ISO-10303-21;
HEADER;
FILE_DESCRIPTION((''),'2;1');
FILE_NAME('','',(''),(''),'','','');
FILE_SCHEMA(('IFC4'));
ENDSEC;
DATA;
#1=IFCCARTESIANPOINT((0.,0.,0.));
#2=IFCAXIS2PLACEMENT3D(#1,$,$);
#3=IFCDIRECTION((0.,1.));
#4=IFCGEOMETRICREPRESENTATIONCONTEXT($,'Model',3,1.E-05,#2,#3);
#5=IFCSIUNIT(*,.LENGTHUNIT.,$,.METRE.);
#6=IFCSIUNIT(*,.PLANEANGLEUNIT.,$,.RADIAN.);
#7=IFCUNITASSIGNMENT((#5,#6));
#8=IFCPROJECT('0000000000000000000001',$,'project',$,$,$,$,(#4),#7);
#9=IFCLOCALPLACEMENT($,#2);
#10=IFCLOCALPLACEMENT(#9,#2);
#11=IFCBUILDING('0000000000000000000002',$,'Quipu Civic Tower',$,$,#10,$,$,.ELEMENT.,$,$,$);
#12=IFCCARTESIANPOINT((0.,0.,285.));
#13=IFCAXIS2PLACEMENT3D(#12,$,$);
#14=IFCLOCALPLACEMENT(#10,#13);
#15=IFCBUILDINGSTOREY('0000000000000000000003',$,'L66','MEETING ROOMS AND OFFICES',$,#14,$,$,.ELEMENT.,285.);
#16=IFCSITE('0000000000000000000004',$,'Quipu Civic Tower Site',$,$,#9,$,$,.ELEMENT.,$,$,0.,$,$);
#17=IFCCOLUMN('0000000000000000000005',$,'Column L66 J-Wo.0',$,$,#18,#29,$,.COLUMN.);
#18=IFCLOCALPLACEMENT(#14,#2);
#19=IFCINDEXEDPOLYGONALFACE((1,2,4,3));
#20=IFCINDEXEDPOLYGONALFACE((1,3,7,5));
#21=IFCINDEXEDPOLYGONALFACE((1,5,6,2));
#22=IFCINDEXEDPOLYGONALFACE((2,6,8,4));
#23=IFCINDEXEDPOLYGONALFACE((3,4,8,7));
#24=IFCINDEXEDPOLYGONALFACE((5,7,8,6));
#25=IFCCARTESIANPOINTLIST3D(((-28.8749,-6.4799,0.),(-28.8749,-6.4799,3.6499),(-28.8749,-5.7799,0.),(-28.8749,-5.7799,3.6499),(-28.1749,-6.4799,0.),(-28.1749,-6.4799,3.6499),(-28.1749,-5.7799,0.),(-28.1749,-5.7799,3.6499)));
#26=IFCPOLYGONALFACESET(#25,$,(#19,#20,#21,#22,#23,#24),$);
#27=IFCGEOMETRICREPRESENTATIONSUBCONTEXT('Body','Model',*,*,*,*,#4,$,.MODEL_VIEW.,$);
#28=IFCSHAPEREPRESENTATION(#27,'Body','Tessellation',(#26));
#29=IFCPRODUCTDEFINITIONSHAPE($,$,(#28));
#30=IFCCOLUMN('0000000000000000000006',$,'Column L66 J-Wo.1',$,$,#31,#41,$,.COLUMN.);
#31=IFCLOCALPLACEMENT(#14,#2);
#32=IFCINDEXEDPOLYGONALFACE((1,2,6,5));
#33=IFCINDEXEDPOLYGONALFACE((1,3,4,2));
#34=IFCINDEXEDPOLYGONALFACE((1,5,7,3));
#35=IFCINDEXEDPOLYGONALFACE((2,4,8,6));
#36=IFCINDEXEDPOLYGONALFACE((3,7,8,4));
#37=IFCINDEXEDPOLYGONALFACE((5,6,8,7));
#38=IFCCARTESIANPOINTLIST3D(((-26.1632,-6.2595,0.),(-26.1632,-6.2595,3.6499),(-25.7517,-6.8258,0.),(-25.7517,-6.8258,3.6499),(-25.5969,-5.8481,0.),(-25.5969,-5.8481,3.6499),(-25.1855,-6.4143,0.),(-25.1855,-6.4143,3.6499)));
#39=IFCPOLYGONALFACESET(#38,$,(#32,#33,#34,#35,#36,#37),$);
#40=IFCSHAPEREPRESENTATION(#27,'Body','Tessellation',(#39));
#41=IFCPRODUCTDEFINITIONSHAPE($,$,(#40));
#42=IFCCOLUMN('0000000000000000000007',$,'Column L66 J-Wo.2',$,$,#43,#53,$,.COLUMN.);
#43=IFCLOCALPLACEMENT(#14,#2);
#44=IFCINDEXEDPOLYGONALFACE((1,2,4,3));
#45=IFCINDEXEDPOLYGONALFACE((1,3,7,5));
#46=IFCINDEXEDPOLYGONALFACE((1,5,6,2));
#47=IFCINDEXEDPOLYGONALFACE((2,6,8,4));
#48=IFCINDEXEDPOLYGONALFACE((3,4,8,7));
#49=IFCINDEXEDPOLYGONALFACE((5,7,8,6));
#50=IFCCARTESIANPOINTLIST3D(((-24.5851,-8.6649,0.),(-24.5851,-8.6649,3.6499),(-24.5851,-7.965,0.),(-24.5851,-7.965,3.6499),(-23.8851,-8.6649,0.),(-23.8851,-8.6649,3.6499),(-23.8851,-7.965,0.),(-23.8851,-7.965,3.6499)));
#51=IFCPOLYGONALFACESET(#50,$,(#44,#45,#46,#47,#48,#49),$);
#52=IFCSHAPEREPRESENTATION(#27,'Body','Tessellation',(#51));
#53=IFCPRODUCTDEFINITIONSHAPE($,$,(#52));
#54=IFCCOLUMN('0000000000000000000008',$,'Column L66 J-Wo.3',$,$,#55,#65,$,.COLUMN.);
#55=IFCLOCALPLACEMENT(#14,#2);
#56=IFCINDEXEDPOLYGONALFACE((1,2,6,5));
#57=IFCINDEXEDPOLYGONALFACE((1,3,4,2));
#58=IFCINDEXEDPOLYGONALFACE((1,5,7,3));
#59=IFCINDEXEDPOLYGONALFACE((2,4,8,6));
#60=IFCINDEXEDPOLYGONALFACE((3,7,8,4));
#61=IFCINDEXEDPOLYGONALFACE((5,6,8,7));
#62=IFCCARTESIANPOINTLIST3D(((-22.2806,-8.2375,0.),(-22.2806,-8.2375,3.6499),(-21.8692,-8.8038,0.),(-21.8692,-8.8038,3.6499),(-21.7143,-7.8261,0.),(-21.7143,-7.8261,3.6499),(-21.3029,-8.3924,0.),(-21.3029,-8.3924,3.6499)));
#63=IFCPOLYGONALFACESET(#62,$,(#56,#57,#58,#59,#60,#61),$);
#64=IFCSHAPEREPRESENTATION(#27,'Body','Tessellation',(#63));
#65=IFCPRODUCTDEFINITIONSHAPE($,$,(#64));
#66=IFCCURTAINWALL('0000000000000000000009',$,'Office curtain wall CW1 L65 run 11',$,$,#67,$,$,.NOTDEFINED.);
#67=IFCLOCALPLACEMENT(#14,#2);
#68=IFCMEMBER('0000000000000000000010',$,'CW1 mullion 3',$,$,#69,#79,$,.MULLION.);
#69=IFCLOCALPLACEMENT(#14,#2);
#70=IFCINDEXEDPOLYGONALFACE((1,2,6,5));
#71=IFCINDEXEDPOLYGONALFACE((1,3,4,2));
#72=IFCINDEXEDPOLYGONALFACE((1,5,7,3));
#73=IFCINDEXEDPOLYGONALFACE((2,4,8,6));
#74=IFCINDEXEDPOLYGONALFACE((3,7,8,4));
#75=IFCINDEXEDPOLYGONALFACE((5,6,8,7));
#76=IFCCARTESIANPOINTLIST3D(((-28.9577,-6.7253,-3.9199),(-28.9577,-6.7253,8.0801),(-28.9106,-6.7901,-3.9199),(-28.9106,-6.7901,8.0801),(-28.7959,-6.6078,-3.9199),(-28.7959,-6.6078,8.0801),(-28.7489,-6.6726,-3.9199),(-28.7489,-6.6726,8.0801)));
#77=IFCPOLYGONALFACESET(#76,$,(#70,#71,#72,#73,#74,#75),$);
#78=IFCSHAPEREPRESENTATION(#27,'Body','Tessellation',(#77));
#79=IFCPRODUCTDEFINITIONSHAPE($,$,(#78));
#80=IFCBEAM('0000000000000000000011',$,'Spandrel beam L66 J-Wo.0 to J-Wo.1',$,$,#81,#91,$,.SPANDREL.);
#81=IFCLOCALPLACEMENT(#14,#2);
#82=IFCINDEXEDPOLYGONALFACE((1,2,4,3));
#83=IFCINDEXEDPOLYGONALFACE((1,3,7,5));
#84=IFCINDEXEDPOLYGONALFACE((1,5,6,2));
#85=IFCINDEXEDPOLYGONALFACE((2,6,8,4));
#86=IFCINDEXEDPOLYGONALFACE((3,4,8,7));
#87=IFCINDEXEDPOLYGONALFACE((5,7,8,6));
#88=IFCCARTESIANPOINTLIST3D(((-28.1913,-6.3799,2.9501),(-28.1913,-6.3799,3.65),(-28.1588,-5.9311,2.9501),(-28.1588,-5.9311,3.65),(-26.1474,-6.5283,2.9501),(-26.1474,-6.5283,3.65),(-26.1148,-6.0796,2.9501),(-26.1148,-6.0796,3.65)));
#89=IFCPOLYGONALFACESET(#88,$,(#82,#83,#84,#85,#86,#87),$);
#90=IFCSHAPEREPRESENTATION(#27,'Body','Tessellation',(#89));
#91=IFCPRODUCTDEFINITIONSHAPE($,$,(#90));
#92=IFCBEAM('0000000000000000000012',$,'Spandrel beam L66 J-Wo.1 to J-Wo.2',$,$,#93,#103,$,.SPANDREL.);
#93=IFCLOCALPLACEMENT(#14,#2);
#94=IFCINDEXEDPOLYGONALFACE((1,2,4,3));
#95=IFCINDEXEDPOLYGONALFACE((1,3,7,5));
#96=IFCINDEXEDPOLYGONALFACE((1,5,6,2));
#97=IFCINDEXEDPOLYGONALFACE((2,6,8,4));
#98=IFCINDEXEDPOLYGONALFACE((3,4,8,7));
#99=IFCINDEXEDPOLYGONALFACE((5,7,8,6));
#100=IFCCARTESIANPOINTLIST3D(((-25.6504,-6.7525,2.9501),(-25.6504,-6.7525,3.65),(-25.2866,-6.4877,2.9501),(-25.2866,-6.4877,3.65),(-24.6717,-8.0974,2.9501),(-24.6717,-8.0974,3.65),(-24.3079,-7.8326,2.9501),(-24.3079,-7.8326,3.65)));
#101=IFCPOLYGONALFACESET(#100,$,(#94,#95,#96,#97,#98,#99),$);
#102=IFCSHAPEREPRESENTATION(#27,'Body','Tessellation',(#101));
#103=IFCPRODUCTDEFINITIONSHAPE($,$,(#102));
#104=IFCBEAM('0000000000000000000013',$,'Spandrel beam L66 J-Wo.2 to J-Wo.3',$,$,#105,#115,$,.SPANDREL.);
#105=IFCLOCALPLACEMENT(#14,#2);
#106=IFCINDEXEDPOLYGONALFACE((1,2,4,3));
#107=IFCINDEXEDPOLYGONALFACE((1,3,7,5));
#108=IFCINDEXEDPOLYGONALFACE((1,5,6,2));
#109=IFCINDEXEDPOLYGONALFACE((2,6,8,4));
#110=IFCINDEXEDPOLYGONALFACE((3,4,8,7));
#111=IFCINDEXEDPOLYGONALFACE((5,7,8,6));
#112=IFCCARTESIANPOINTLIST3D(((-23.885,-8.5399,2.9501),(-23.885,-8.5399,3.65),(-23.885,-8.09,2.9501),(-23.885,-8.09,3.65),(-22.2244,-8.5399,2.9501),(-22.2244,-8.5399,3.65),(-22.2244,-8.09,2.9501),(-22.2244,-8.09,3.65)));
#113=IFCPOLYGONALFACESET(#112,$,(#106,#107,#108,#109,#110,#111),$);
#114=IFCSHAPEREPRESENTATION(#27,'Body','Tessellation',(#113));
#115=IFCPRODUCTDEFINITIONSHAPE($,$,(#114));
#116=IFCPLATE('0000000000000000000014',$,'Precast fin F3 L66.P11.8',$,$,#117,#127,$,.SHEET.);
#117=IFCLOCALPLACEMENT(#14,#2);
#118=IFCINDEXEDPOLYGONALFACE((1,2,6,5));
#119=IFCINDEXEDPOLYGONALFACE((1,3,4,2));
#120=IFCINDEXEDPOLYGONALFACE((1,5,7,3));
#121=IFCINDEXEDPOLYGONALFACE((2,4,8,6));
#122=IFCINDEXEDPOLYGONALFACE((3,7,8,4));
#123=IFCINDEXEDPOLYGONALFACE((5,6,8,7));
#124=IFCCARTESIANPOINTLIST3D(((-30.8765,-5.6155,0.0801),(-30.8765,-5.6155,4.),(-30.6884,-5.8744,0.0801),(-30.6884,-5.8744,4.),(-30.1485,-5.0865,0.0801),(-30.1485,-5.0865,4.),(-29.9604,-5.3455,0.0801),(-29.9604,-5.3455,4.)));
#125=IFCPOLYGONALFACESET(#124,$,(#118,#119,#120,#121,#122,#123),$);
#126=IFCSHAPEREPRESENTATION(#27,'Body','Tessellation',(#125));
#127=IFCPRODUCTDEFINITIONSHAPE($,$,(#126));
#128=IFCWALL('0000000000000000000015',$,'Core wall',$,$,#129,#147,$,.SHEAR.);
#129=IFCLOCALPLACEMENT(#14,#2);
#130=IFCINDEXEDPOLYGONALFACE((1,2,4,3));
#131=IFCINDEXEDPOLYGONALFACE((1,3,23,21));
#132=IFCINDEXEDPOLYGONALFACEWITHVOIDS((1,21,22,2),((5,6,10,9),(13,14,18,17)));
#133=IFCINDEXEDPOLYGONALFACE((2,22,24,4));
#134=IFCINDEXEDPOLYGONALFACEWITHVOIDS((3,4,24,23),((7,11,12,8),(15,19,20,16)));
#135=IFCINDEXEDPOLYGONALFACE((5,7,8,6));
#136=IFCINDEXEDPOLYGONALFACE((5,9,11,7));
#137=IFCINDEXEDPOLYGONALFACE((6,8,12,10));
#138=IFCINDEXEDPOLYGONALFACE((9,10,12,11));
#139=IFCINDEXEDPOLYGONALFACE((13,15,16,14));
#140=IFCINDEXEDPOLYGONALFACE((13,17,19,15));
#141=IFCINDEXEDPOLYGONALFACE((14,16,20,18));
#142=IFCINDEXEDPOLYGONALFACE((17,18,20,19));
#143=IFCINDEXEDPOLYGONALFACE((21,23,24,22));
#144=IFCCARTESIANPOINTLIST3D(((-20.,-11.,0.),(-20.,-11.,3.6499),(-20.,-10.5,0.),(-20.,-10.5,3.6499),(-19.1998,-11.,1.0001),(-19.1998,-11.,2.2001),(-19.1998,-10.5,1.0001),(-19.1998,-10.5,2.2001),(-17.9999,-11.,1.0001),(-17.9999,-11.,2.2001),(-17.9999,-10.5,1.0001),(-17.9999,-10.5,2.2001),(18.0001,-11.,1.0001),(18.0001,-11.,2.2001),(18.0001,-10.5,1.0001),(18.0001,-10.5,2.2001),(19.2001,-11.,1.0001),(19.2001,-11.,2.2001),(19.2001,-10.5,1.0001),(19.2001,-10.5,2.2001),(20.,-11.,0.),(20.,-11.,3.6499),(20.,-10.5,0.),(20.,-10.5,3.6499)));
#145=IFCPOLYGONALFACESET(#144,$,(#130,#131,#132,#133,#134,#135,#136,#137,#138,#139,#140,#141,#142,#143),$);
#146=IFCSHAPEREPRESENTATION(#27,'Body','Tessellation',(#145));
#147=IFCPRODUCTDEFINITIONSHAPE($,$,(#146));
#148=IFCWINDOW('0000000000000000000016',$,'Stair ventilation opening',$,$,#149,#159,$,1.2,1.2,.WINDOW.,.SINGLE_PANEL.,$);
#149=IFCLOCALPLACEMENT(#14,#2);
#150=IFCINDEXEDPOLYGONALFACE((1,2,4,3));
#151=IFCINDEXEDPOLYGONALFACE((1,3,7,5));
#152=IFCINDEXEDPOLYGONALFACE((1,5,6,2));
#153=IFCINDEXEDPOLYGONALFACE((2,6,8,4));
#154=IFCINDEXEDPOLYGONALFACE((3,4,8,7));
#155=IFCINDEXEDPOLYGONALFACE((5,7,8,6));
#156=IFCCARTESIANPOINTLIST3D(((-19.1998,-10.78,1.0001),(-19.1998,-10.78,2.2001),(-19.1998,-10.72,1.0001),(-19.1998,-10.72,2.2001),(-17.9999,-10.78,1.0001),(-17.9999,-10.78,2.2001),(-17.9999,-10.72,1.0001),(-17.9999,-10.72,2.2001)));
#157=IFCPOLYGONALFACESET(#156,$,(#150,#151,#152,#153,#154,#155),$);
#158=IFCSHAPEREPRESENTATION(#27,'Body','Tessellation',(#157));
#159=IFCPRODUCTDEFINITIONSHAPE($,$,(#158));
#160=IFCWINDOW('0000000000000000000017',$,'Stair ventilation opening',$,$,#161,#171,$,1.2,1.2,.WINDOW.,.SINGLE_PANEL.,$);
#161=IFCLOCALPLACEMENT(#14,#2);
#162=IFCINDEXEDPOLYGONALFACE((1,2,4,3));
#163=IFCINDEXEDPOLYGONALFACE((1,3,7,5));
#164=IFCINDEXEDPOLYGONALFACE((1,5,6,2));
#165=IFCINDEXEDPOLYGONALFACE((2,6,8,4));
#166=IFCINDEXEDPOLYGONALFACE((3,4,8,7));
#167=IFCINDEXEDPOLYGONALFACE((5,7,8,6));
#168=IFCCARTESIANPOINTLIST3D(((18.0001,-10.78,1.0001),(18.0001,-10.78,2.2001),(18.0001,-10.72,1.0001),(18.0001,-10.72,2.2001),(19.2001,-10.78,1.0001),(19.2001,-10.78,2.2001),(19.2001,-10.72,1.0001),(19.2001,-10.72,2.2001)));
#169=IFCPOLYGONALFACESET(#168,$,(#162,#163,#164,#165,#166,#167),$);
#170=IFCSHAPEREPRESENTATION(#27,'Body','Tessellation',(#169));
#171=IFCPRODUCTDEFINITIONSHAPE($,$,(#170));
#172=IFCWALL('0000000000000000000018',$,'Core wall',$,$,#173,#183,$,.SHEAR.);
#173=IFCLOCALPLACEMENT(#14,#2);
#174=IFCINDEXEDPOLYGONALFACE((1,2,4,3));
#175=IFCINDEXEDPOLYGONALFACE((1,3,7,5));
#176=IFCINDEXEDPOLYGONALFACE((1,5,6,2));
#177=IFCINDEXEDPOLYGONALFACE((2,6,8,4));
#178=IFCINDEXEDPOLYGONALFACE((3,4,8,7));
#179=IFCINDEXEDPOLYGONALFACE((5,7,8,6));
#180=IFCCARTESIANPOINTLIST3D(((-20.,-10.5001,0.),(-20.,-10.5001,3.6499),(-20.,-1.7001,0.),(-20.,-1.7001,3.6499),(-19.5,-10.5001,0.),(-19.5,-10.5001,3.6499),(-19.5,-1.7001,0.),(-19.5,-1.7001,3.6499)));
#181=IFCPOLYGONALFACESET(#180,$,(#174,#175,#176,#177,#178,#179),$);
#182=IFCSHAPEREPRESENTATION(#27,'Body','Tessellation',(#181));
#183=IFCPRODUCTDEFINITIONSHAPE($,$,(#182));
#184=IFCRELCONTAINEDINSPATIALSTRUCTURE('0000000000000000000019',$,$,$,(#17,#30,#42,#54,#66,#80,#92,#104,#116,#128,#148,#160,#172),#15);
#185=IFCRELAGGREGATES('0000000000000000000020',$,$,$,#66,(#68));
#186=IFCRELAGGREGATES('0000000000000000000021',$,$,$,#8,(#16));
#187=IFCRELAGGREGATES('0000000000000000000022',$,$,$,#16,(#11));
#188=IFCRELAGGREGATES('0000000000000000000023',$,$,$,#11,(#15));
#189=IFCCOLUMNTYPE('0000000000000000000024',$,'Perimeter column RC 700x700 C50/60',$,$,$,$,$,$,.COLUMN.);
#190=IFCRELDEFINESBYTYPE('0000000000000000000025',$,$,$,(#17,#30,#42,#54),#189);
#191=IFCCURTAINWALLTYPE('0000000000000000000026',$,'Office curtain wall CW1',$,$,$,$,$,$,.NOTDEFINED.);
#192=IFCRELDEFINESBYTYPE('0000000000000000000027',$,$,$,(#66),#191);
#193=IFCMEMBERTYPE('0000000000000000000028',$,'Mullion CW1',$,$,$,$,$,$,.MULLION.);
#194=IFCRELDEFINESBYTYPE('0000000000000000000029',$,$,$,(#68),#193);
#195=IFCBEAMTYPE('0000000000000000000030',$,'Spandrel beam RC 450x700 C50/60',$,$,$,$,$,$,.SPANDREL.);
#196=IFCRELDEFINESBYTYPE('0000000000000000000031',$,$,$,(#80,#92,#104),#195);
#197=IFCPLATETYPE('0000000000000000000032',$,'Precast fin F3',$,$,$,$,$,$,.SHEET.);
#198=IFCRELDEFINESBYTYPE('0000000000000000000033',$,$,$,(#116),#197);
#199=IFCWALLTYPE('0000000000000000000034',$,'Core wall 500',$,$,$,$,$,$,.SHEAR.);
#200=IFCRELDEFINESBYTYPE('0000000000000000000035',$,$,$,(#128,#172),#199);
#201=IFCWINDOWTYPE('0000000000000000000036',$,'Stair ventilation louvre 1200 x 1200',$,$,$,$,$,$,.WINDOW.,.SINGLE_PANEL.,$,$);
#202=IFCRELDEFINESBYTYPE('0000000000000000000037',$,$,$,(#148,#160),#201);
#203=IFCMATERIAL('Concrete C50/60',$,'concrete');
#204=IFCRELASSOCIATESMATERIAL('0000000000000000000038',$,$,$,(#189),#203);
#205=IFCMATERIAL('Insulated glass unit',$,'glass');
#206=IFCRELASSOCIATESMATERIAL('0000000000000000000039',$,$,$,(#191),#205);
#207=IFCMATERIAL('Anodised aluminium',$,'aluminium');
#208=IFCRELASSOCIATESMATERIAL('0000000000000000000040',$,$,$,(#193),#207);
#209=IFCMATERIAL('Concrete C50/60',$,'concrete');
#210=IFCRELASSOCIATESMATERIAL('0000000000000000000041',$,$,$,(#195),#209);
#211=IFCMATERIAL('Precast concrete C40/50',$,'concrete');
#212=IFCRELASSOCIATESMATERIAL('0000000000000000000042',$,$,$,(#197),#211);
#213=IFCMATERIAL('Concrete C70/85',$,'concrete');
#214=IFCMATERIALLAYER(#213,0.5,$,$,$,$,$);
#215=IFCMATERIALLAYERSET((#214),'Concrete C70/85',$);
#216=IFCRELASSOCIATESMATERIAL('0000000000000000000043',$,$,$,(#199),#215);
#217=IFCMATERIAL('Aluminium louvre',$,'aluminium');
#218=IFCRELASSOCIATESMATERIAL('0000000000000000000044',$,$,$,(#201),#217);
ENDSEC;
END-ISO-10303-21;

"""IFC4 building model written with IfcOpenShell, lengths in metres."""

from ifc_helpers import new_model, si_unit, direction, frame, frame_2d, origin, origin_2d, place, context, subcontext, project, spatial, rectangle, extrude, material, layer, layer_set, material_profile, profile_set, type_object, element, fill, aggregate, save


model = new_model("IFC4")

# Units and contexts
model_context = context("Model", 3, precision=1e-05, world=origin(), true_north=direction((0.0, 1.0)))
body_context = subcontext(model_context, "Body", "Model", "MODEL_VIEW")
ifc_project = project(units=[si_unit("LENGTHUNIT", "METRE"), si_unit("PLANEANGLEUNIT", "RADIAN")], contexts=[model_context])

# Site, building, storey
site_placement = place(None, origin())
site = spatial("IfcSite", under=ifc_project, at=site_placement, Name="Quipu Civic Tower Site", CompositionType="ELEMENT", RefElevation=0.0)
building_placement = place(site_placement, origin())
building = spatial("IfcBuilding", under=site, at=building_placement, Name="Quipu Civic Tower", CompositionType="ELEMENT")
storey_placement = place(building_placement, frame((0.0, 0.0, 285.0)))
storey = spatial("IfcBuildingStorey", under=building, at=storey_placement, Name="L66", Description="MEETING ROOMS AND OFFICES", CompositionType="ELEMENT", Elevation=285.0)

# Columns
ifc_material_1 = material(Name="Concrete C50/60", Category="concrete")
ifc_material_profile_1 = material_profile(ifc_material_1, rectangle(XDim=0.7, YDim=0.7, at=origin_2d()), Name="RC700x700")
ifc_profile_set_1 = profile_set([ifc_material_profile_1], Name="Concrete C50/60")
column_type = type_object("IfcColumnType", Name="Perimeter column RC 700x700 C50/60", PredefinedType="COLUMN", material=ifc_profile_set_1)
for number, where, z_axis, x_axis, name in (
    (1, (-28.5249, -6.1299, 0.0), (0.0, 0.0, 1.0), (1.0, 0.0, 0.0), "Column L66 J-Wo.0"),
    (2, (-25.6743, -6.3369, 0.0), (0.0, 0.0, 1.0), (0.587785, -0.809017, 0.0), "Column L66 J-Wo.1"),
    (3, (-24.2351, -8.3149, 0.0), (0.0, 0.0, 1.0), (1.0, 0.0, 0.0), "Column L66 J-Wo.2"),
    (4, (-21.7917, -8.3149, 0.0), (0.0, 0.0, 1.0), (0.587785, -0.809017, 0.0), "Column L66 J-Wo.3"),
):
    element("IfcColumn", number, at=place(storey_placement, frame(where, z_axis=z_axis, x_axis=x_axis)), inside=storey, type_object=column_type, Name=name, PredefinedType="COLUMN", context=body_context, shape_type="SweptSolid", body=[
        extrude(rectangle(XDim=0.7, YDim=0.7, at=origin_2d()), origin(), (0.0, 0.0, 1.0), 3.6499),
    ])

# Curtain wall, member
ifc_material_2 = material(Name="Insulated glass unit", Category="glass")
curtain_wall_type = type_object("IfcCurtainWallType", Name="Office curtain wall CW1", PredefinedType="NOTDEFINED", material=ifc_material_2)
curtain_wall_placement = place(storey_placement, origin())
curtain_wall = element("IfcCurtainWall", 5, at=curtain_wall_placement, inside=storey, type_object=curtain_wall_type, Name="Office curtain wall CW1 L65 run 11", PredefinedType="NOTDEFINED")
ifc_material_3 = material(Name="Anodised aluminium", Category="aluminium")
ifc_material_profile_2 = material_profile(ifc_material_3, rectangle(XDim=0.2, YDim=0.0801, at=origin_2d()), Name="RECT 200x80")
ifc_profile_set_2 = profile_set([ifc_material_profile_2], Name="Anodised aluminium")
member_type = type_object("IfcMemberType", Name="Mullion CW1", PredefinedType="MULLION", material=ifc_profile_set_2)
member_placement = place(storey_placement, frame((-28.8533, -6.699, -3.9199), z_axis=(0.0, 0.0, 1.0), x_axis=(0.809016, 0.587786, 0.0)))
member = element("IfcMember", 6, at=member_placement, type_object=member_type, Name="CW1 mullion 3", PredefinedType="MULLION", context=body_context, shape_type="SweptSolid", body=[
    extrude(rectangle(XDim=0.2, YDim=0.0801, at=origin_2d()), origin(), (0.0, 0.0, 1.0), 12.0),
])
aggregate(curtain_wall, [member])

# Beams
ifc_material_4 = material(Name="Concrete C50/60", Category="concrete")
ifc_material_profile_3 = material_profile(ifc_material_4, rectangle(XDim=0.45, YDim=0.7, at=origin_2d()), Name="RC450x700")
ifc_profile_set_3 = profile_set([ifc_material_profile_3], Name="Concrete C50/60")
beam_type = type_object("IfcBeamType", Name="Spandrel beam RC 450x700 C50/60", PredefinedType="SPANDREL", material=ifc_profile_set_3)
beam_1_placement = place(storey_placement, frame((-28.175, -6.1555, 3.3), z_axis=(0.997373, -0.072432, 0.0), x_axis=(0.072432, 0.997373, 0.0)))
element("IfcBeam", 7, at=beam_1_placement, inside=storey, type_object=beam_type, Name="Spandrel beam L66 J-Wo.0 to J-Wo.1", PredefinedType="SPANDREL", context=body_context, shape_type="SweptSolid", body=[
    extrude(rectangle(XDim=0.45, YDim=0.7, at=origin_2d()), origin(), (0.0, 0.0, 1.0), 2.0493),
])
beam_2_placement = place(storey_placement, frame((-25.4685, -6.6201, 3.3), z_axis=(0.588407, -0.808565, 0.0), x_axis=(0.808565, 0.588407, 0.0)))
element("IfcBeam", 8, at=beam_2_placement, inside=storey, type_object=beam_type, Name="Spandrel beam L66 J-Wo.1 to J-Wo.2", PredefinedType="SPANDREL", context=body_context, shape_type="SweptSolid", body=[
    extrude(rectangle(XDim=0.45, YDim=0.7, at=origin_2d()), origin(), (0.0, 0.0, 1.0), 1.6633),
])
beam_3_placement = place(storey_placement, frame((-23.885, -8.3149, 3.3), z_axis=(1.0, 0.0, 0.0), x_axis=(0.0, 1.0, 0.0)))
element("IfcBeam", 9, at=beam_3_placement, inside=storey, type_object=beam_type, Name="Spandrel beam L66 J-Wo.2 to J-Wo.3", PredefinedType="SPANDREL", context=body_context, shape_type="SweptSolid", body=[
    extrude(rectangle(XDim=0.45, YDim=0.7, at=origin_2d()), origin(), (0.0, 0.0, 1.0), 1.6606),
])

# Plate
ifc_material_5 = material(Name="Precast concrete C40/50", Category="concrete")
plate_type = type_object("IfcPlateType", Name="Precast fin F3", PredefinedType="SHEET", material=ifc_material_5)
plate_placement = place(storey_placement, frame((-30.4185, -5.4805, 0.0801), z_axis=(0.0, 0.0, 1.0), x_axis=(0.587787, -0.809016, 0.0)))
element("IfcPlate", 10, at=plate_placement, inside=storey, type_object=plate_type, Name="Precast fin F3 L66.P11.8", PredefinedType="SHEET", context=body_context, shape_type="SweptSolid", body=[
    extrude(rectangle(XDim=0.3201, YDim=0.8999, at=origin_2d()), origin(), (0.0, 0.0, 1.0), 3.9199),
])

# Wall, openings, windows
ifc_material_6 = material(Name="Concrete C70/85", Category="concrete")
ifc_layer_1 = layer(ifc_material_6, 0.5)
ifc_layer_set_1 = layer_set([ifc_layer_1], Name="Concrete C70/85")
wall_type_1 = type_object("IfcWallType", Name="Core wall 500", PredefinedType="SHEAR", material=ifc_layer_set_1)
wall_1_placement = place(storey_placement, frame((-20.0, -10.75, 0.0), z_axis=(0.0, 0.0, 1.0), x_axis=(1.0, 0.0, 0.0)))
wall_1 = element("IfcWall", 11, at=wall_1_placement, inside=storey, type_object=wall_type_1, Name="Core wall", PredefinedType="SHEAR", context=body_context, shape_type="SweptSolid", body=[
    extrude(rectangle(XDim=40.0, YDim=0.5, at=frame_2d((20.0, 0.0))), origin(), (0.0, 0.0, 1.0), 3.6499),
])
opening_1_placement = place(wall_1_placement, frame((0.8, 0.0, 1.0)))
opening_1 = element("IfcOpeningElement", 12, at=opening_1_placement, cuts=wall_1, PredefinedType="OPENING", context=body_context, shape_type="SweptSolid", body=[
    extrude(rectangle(XDim=1.2, YDim=1.2, at=frame_2d((0.6001, 0.6001))), frame((0.0, 0.26, 0.0), z_axis=(0.0, -1.0, 0.0), x_axis=(1.0, 0.0, 0.0)), (0.0, 0.0, 1.0), 0.52),
])
opening_2_placement = place(wall_1_placement, frame((38.0, 0.0, 1.0)))
opening_2 = element("IfcOpeningElement", 13, at=opening_2_placement, cuts=wall_1, PredefinedType="OPENING", context=body_context, shape_type="SweptSolid", body=[
    extrude(rectangle(XDim=1.2, YDim=1.2, at=frame_2d((0.6001, 0.6001))), frame((0.0, 0.26, 0.0), z_axis=(0.0, -1.0, 0.0), x_axis=(1.0, 0.0, 0.0)), (0.0, 0.0, 1.0), 0.52),
])
ifc_material_7 = material(Name="Aluminium louvre", Category="aluminium")
window_type = type_object("IfcWindowType", Name="Stair ventilation louvre 1200 x 1200", PartitioningType="SINGLE_PANEL", PredefinedType="WINDOW", material=ifc_material_7)
window_1_placement = place(opening_1_placement, origin())
window_1 = element("IfcWindow", 14, at=window_1_placement, inside=storey, type_object=window_type, Name="Stair ventilation opening", OverallHeight=1.2, OverallWidth=1.2, PartitioningType="SINGLE_PANEL", PredefinedType="WINDOW", context=body_context, shape_type="SweptSolid", body=[
    extrude(rectangle(XDim=1.2, YDim=1.2, at=frame_2d((0.6001, 0.6001))), frame((0.0, 0.03, 0.0), z_axis=(0.0, -1.0, 0.0), x_axis=(1.0, 0.0, 0.0)), (0.0, 0.0, 1.0), 0.0601),
])
fill(opening_1, window_1)
window_2_placement = place(opening_2_placement, origin())
window_2 = element("IfcWindow", 15, at=window_2_placement, inside=storey, type_object=window_type, Name="Stair ventilation opening", OverallHeight=1.2, OverallWidth=1.2, PartitioningType="SINGLE_PANEL", PredefinedType="WINDOW", context=body_context, shape_type="SweptSolid", body=[
    extrude(rectangle(XDim=1.2, YDim=1.2, at=frame_2d((0.6001, 0.6001))), frame((0.0, 0.03, 0.0), z_axis=(0.0, -1.0, 0.0), x_axis=(1.0, 0.0, 0.0)), (0.0, 0.0, 1.0), 0.0601),
])
fill(opening_2, window_2)

# Wall
wall_2_placement = place(storey_placement, frame((-19.75, -10.5, 0.0), z_axis=(0.0, 0.0, 1.0), x_axis=(0.0, 1.0, 0.0)))
element("IfcWall", 16, at=wall_2_placement, inside=storey, type_object=wall_type_1, Name="Core wall", PredefinedType="SHEAR", context=body_context, shape_type="SweptSolid", body=[
    extrude(rectangle(XDim=8.8, YDim=0.5, at=frame_2d((4.3999, 0.0))), origin(), (0.0, 0.0, 1.0), 3.6499),
])

save(model, "model.ifc")
